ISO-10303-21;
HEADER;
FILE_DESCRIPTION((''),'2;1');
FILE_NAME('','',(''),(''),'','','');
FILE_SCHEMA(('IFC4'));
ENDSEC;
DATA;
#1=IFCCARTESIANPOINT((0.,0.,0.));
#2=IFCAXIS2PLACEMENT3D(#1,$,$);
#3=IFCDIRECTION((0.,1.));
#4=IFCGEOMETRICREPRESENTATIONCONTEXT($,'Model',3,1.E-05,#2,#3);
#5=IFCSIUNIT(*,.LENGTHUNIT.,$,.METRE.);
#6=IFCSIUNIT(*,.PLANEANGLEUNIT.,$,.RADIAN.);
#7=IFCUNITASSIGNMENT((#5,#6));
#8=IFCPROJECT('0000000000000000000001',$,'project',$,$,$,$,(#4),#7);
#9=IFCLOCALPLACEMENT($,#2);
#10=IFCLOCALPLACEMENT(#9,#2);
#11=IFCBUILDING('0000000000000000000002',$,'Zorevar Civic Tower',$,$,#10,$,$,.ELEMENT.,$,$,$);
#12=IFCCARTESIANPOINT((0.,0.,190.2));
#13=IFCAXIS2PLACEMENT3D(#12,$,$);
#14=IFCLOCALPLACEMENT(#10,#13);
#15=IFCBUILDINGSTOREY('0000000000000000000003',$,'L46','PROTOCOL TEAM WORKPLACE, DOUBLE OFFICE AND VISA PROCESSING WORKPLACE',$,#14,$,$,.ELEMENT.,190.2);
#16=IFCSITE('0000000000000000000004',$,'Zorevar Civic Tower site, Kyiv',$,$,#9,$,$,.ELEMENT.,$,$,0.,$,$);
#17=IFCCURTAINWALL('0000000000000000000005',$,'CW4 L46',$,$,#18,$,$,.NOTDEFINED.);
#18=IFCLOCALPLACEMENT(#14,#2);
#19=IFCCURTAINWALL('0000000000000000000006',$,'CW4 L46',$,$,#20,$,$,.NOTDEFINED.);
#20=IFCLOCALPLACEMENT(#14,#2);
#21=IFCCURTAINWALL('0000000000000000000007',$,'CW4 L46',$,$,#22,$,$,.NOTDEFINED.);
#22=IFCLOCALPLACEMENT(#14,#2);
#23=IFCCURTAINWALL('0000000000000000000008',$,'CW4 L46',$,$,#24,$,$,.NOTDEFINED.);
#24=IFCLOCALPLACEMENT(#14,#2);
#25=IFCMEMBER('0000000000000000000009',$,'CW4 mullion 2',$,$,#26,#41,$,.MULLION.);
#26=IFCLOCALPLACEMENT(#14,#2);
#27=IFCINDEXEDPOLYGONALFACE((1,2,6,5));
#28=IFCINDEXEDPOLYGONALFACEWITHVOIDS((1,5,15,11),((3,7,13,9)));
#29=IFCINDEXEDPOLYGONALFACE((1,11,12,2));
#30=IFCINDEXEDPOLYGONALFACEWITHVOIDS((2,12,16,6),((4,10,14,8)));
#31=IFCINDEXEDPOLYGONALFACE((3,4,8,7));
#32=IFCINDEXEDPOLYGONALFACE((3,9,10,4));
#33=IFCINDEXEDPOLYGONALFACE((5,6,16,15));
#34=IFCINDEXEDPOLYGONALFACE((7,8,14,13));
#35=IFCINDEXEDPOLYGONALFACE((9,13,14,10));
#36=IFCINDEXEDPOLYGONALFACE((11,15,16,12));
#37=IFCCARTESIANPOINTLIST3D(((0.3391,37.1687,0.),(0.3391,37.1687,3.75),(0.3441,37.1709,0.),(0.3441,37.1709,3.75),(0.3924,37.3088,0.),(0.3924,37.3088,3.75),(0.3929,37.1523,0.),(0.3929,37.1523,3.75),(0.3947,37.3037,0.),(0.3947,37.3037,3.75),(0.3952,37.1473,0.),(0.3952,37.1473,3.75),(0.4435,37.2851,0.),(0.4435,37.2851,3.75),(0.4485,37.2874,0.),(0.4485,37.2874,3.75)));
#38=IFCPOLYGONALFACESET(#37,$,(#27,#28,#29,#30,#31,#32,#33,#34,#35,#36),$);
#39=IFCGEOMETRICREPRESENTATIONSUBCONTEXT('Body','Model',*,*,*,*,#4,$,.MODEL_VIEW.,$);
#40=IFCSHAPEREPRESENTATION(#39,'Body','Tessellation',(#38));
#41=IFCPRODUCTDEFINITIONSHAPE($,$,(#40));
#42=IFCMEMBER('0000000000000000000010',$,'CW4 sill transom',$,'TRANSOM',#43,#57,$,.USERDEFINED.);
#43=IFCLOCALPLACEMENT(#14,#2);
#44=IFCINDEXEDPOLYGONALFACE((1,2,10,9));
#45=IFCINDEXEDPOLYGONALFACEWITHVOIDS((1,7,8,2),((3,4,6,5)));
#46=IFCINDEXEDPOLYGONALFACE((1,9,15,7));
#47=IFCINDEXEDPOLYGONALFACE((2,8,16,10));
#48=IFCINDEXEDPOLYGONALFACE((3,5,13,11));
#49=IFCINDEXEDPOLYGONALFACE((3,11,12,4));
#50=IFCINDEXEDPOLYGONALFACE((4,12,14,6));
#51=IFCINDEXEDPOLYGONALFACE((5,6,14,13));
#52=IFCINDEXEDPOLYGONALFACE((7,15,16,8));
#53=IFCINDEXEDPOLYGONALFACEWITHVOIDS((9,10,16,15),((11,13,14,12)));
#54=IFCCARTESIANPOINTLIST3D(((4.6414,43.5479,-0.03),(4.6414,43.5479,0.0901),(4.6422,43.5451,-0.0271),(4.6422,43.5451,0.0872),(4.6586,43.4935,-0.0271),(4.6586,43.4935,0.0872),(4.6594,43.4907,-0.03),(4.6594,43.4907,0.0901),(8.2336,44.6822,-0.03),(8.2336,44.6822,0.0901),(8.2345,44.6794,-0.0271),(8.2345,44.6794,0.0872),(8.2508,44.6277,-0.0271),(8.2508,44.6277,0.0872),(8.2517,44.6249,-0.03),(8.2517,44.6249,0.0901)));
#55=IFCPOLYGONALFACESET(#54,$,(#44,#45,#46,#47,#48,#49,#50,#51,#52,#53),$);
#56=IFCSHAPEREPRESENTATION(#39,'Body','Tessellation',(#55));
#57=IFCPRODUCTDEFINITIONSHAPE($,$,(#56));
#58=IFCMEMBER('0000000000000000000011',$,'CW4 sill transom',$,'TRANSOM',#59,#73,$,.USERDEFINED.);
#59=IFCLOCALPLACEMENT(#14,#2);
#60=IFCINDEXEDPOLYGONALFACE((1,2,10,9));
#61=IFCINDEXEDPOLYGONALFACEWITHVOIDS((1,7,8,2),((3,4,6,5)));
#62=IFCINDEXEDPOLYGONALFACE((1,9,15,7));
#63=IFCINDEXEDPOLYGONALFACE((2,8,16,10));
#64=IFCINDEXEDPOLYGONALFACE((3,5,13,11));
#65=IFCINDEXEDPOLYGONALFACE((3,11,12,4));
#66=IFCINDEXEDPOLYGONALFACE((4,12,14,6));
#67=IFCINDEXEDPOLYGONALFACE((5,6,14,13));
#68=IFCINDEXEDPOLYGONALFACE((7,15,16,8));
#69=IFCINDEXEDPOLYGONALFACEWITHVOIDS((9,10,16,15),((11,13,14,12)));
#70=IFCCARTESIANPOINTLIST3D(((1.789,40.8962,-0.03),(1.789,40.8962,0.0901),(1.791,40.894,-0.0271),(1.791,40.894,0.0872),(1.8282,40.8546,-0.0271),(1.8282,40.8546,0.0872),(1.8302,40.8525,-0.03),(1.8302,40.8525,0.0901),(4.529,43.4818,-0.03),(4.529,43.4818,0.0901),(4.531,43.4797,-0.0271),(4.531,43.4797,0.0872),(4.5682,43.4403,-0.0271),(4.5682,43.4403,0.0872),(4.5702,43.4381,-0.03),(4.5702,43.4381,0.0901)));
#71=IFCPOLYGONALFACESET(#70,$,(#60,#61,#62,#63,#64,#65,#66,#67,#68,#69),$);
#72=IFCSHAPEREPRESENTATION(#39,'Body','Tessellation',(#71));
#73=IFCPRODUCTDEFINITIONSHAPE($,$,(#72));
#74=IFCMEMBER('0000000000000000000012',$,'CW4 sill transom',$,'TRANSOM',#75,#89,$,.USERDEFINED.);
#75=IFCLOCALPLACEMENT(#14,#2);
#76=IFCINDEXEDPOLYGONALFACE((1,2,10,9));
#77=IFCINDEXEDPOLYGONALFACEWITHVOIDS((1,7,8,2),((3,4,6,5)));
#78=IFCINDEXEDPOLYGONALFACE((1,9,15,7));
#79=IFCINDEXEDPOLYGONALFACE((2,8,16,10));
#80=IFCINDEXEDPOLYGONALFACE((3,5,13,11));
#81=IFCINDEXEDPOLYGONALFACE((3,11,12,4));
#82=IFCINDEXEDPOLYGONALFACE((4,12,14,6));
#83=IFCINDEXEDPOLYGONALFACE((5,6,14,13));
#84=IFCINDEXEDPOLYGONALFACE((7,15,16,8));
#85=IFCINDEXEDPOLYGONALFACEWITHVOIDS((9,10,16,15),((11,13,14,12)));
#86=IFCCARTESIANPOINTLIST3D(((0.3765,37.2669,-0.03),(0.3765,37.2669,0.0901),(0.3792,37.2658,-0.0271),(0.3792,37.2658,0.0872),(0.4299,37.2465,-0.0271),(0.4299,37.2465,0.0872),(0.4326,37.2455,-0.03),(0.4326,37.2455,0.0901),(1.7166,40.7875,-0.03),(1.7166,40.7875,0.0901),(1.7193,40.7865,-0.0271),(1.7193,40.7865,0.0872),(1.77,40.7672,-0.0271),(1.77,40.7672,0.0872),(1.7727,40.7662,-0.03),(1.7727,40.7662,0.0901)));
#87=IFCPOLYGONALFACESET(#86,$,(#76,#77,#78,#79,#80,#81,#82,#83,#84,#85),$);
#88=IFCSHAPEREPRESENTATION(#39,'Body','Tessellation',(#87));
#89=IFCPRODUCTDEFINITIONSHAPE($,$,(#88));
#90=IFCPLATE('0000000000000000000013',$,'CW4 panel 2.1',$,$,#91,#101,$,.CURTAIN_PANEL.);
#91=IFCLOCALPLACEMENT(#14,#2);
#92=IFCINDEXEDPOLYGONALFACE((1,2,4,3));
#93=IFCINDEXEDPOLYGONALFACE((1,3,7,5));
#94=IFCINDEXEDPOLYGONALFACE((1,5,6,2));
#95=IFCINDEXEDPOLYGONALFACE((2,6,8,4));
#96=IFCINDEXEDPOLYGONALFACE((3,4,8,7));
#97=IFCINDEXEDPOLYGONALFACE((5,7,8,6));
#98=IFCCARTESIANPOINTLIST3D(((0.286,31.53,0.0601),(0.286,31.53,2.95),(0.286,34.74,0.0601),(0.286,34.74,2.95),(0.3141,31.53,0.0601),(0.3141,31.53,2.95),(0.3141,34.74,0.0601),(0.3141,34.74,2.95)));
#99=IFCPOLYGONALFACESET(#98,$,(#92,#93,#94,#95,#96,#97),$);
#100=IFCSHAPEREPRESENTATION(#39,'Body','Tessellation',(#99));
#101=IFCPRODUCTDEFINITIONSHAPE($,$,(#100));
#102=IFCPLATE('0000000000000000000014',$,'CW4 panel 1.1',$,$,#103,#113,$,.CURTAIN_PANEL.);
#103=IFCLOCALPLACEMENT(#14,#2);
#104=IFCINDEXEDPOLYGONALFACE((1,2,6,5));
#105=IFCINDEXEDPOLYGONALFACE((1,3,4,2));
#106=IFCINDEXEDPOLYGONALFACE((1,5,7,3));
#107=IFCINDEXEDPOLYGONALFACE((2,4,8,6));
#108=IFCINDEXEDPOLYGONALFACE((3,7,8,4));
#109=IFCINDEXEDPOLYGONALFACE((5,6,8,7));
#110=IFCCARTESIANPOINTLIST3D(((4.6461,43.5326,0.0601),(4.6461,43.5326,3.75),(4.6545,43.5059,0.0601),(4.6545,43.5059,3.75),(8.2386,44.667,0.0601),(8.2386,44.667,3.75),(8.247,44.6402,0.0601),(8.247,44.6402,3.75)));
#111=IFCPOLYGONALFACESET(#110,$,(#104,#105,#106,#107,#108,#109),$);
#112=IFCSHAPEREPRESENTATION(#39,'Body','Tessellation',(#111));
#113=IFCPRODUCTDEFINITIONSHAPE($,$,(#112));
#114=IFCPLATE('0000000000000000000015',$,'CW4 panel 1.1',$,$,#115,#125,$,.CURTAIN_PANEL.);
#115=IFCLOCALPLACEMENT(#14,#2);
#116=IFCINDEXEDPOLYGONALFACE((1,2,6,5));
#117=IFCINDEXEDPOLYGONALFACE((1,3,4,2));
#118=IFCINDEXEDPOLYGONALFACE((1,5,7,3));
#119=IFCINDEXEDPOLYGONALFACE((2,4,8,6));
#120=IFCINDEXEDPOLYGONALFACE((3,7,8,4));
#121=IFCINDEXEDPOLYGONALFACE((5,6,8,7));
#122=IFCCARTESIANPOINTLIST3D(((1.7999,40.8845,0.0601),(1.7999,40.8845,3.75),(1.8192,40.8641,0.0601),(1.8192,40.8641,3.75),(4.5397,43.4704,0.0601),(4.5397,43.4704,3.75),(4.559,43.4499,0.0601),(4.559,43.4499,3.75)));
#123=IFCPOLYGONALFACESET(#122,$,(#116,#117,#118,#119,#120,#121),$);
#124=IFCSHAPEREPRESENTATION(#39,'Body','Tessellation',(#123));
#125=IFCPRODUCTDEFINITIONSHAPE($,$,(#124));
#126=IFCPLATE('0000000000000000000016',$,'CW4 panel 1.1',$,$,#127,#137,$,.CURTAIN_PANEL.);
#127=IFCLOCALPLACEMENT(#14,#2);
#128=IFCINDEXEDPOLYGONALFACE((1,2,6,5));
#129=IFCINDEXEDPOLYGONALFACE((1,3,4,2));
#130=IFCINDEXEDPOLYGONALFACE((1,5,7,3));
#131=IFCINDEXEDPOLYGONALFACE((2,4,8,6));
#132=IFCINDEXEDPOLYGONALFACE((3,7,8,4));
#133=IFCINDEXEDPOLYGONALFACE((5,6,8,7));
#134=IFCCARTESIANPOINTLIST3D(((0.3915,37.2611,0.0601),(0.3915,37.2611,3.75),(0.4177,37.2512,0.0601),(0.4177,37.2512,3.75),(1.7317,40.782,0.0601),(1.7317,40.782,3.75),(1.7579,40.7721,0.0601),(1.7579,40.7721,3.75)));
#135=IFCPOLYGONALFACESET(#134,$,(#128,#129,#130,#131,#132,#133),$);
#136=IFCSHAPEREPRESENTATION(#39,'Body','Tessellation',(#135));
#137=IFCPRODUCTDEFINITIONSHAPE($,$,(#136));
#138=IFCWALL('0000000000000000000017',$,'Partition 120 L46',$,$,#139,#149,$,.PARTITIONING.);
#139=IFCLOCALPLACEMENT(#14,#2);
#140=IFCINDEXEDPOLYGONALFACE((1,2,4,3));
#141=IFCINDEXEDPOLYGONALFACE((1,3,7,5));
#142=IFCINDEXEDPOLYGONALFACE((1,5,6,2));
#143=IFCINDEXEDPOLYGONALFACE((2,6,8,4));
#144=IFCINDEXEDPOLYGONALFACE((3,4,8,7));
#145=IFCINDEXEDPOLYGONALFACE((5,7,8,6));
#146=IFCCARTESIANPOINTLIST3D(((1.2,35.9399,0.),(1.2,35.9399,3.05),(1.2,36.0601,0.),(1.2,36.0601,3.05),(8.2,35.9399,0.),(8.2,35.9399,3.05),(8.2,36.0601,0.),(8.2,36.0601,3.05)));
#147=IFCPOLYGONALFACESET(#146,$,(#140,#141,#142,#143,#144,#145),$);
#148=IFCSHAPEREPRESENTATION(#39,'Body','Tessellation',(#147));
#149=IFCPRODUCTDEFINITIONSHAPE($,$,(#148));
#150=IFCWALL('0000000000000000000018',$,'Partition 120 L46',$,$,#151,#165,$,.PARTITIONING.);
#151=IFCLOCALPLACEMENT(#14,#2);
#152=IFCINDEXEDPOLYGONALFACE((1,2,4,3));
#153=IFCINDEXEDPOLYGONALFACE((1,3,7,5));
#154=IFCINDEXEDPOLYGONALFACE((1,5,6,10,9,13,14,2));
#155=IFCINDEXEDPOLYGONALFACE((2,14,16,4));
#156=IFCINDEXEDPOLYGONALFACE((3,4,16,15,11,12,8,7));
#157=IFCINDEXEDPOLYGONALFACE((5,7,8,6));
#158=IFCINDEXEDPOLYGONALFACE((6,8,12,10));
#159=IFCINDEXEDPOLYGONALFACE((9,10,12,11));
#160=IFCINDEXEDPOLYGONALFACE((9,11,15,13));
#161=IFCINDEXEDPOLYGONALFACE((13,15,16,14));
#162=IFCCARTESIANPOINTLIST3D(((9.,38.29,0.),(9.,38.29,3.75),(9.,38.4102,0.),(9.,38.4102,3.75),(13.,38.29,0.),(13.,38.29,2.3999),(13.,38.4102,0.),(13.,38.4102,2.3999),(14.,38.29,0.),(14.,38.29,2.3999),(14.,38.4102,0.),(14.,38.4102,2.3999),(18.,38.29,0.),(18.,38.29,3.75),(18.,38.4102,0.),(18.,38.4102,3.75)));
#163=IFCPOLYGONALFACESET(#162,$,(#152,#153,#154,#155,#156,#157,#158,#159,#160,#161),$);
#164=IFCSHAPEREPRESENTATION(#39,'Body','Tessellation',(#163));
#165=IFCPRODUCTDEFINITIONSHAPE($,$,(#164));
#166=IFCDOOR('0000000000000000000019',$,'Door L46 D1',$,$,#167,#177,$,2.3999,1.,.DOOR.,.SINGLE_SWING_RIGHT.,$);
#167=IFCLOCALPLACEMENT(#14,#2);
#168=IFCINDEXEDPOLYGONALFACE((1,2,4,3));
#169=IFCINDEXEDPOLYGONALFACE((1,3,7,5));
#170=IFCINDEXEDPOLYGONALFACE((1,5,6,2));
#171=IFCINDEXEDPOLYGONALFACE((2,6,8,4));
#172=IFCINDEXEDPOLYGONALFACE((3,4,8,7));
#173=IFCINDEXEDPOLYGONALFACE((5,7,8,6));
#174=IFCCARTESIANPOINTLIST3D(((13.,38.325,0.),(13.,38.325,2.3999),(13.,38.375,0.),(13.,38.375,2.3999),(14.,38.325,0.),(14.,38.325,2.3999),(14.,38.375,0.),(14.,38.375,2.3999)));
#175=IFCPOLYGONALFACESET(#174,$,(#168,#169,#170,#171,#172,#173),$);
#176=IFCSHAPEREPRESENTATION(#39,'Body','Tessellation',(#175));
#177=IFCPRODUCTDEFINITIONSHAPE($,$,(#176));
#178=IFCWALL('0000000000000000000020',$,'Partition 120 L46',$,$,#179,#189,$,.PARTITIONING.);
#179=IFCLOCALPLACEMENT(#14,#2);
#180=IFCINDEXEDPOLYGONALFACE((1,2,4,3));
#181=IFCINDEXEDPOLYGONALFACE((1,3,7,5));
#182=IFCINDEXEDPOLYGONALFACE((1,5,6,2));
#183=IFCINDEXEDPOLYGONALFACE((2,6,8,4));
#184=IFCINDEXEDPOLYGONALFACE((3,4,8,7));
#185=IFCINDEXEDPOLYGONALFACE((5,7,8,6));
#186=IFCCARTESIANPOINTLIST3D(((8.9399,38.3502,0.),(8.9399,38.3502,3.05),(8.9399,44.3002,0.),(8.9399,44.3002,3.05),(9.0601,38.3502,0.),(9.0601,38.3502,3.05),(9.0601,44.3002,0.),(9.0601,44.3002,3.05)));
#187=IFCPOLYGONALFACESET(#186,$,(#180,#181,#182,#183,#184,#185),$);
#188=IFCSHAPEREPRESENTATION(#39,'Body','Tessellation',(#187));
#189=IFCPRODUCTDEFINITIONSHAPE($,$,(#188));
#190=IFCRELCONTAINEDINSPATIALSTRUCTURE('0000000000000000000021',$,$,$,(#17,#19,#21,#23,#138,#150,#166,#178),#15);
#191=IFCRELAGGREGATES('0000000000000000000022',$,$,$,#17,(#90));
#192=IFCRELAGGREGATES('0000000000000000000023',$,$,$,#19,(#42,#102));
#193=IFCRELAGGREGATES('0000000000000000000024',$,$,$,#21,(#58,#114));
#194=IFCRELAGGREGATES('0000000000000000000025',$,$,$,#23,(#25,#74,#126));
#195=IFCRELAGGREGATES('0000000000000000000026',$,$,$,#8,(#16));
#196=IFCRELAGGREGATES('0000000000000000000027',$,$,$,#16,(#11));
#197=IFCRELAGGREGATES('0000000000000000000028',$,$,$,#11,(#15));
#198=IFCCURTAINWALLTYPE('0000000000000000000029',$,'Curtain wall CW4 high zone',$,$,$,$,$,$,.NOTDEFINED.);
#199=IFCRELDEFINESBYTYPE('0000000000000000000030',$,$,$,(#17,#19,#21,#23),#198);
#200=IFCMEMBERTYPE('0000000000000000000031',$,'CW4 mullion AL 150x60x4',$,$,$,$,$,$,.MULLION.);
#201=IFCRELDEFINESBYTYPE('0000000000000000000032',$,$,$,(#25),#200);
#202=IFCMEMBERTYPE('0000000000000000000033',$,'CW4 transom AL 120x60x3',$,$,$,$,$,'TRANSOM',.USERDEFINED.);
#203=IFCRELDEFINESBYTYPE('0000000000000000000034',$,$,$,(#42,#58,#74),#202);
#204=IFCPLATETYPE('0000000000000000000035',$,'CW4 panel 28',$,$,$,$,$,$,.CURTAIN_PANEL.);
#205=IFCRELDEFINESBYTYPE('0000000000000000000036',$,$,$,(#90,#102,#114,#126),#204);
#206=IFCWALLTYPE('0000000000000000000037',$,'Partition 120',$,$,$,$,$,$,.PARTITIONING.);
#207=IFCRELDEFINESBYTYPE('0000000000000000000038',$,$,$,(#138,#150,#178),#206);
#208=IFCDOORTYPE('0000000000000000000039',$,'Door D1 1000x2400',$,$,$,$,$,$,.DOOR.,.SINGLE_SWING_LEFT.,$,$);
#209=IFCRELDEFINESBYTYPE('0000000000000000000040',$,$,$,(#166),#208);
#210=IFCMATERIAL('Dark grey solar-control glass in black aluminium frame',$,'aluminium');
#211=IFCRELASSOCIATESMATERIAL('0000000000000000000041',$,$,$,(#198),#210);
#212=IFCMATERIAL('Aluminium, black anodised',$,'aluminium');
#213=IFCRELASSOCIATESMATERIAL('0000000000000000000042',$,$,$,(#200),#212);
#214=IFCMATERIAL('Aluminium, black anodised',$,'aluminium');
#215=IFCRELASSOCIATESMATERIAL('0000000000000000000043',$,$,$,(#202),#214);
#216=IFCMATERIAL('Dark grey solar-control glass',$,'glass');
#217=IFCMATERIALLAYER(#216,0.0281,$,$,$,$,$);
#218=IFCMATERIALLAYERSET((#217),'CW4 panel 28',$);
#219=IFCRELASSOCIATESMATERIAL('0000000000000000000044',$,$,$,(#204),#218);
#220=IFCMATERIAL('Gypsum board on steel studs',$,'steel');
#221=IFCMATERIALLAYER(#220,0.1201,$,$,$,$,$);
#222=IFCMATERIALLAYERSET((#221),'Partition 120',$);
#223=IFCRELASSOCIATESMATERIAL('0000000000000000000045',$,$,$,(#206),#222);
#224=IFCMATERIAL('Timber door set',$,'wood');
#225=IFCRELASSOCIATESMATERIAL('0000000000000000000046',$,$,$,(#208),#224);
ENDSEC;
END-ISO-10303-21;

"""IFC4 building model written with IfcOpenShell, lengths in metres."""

from ifc_helpers import new_model, si_unit, direction, frame, frame_2d, origin, origin_2d, place, context, subcontext, project, spatial, rectangle, hollow_rectangle, extrude, material, layer, layer_set, material_profile, profile_set, type_object, element, fill, aggregate, save


model = new_model("IFC4")

# Units and contexts
model_context = context("Model", 3, precision=1e-05, world=origin(), true_north=direction((0.0, 1.0)))
body_context = subcontext(model_context, "Body", "Model", "MODEL_VIEW")
ifc_project = project(units=[si_unit("LENGTHUNIT", "METRE"), si_unit("PLANEANGLEUNIT", "RADIAN")], contexts=[model_context])

# Site, building, storey
site_placement = place(None, origin())
site = spatial("IfcSite", under=ifc_project, at=site_placement, Name="Zorevar Civic Tower site, Kyiv", CompositionType="ELEMENT", RefElevation=0.0)
building_placement = place(site_placement, origin())
building = spatial("IfcBuilding", under=site, at=building_placement, Name="Zorevar Civic Tower", CompositionType="ELEMENT")
storey_placement = place(building_placement, frame((0.0, 0.0, 190.2)))
storey = spatial("IfcBuildingStorey", under=building, at=storey_placement, Name="L46", Description="PROTOCOL TEAM WORKPLACE, DOUBLE OFFICE AND VISA PROCESSING WORKPLACE", CompositionType="ELEMENT", Elevation=190.2)

# Curtain wall
ifc_material_1 = material(Name="Dark grey solar-control glass in black aluminium frame", Category="aluminium")
curtain_wall_type = type_object("IfcCurtainWallType", Name="Curtain wall CW4 high zone", PredefinedType="NOTDEFINED", material=ifc_material_1)
curtain_wall_1_placement = place(storey_placement, origin())
curtain_wall_1 = element("IfcCurtainWall", 1, at=curtain_wall_1_placement, inside=storey, type_object=curtain_wall_type, Name="CW4 L46", PredefinedType="NOTDEFINED")
ifc_material_2 = material(Name="Aluminium, black anodised", Category="aluminium")
ifc_material_profile_1 = material_profile(ifc_material_2, hollow_rectangle(XDim=0.0601, YDim=0.1499, WallThickness=0.0039, at=origin_2d()), Name="AL 150x60x4")
ifc_profile_set_1 = profile_set([ifc_material_profile_1], Name="Aluminium, black anodised")
member_type_1 = type_object("IfcMemberType", Name="CW4 mullion AL 150x60x4", PredefinedType="MULLION", material=ifc_profile_set_1)

# Curtain walls, member
curtain_wall_2_placement = place(storey_placement, origin())
curtain_wall_2 = element("IfcCurtainWall", 2, at=curtain_wall_2_placement, inside=storey, type_object=curtain_wall_type, Name="CW4 L46", PredefinedType="NOTDEFINED")
curtain_wall_3_placement = place(storey_placement, origin())
curtain_wall_3 = element("IfcCurtainWall", 3, at=curtain_wall_3_placement, inside=storey, type_object=curtain_wall_type, Name="CW4 L46", PredefinedType="NOTDEFINED")
curtain_wall_4_placement = place(storey_placement, origin())
curtain_wall_4 = element("IfcCurtainWall", 4, at=curtain_wall_4_placement, inside=storey, type_object=curtain_wall_type, Name="CW4 L46", PredefinedType="NOTDEFINED")
member_1_placement = place(storey_placement, frame((0.3938, 37.228, 0.0), z_axis=(0.0, 0.0, 1.0), x_axis=(0.934588, -0.355731, 0.0)))
member_1 = element("IfcMember", 5, at=member_1_placement, type_object=member_type_1, Name="CW4 mullion 2", PredefinedType="MULLION", context=body_context, shape_type="SweptSolid", body=[
    extrude(hollow_rectangle(XDim=0.0601, YDim=0.1499, WallThickness=0.0039, at=origin_2d()), origin(), (0.0, 0.0, 1.0), 3.75),
])

# Members
ifc_material_3 = material(Name="Aluminium, black anodised", Category="aluminium")
ifc_material_profile_2 = material_profile(ifc_material_3, hollow_rectangle(XDim=0.0601, YDim=0.1201, WallThickness=0.0029, at=origin_2d()), Name="AL 120x60x3")
ifc_profile_set_2 = profile_set([ifc_material_profile_2], Name="Aluminium, black anodised")
member_type_2 = type_object("IfcMemberType", Name="CW4 transom AL 120x60x3", ElementType="TRANSOM", PredefinedType="USERDEFINED", material=ifc_profile_set_2)
member_2_placement = place(storey_placement, frame((8.2427, 44.6536, 0.03), z_axis=(-0.953592, -0.3011, 0.0), x_axis=(0.3011, -0.953592, 0.0)))
member_2 = element("IfcMember", 6, at=member_2_placement, type_object=member_type_2, Name="CW4 sill transom", ObjectType="TRANSOM", PredefinedType="USERDEFINED", context=body_context, shape_type="SweptSolid", body=[
    extrude(hollow_rectangle(XDim=0.0601, YDim=0.1201, WallThickness=0.0029, at=origin_2d()), origin(), (0.0, 0.0, 1.0), 3.7671),
])
member_3_placement = place(storey_placement, frame((4.5496, 43.46, 0.03), z_axis=(-0.727288, -0.686332, 0.0), x_axis=(0.686332, -0.727288, 0.0)))
member_3 = element("IfcMember", 7, at=member_3_placement, type_object=member_type_2, Name="CW4 sill transom", ObjectType="TRANSOM", PredefinedType="USERDEFINED", context=body_context, shape_type="SweptSolid", body=[
    extrude(hollow_rectangle(XDim=0.0601, YDim=0.1201, WallThickness=0.0029, at=origin_2d()), origin(), (0.0, 0.0, 1.0), 3.7673),
])
member_4_placement = place(storey_placement, frame((1.7446, 40.7769, 0.03), z_axis=(-0.355729, -0.934589, 0.0), x_axis=(0.934589, -0.355729, 0.0)))
member_4 = element("IfcMember", 8, at=member_4_placement, type_object=member_type_2, Name="CW4 sill transom", ObjectType="TRANSOM", PredefinedType="USERDEFINED", context=body_context, shape_type="SweptSolid", body=[
    extrude(hollow_rectangle(XDim=0.0601, YDim=0.1201, WallThickness=0.0029, at=origin_2d()), origin(), (0.0, 0.0, 1.0), 3.7671),
])

# Plates
ifc_material_4 = material(Name="Dark grey solar-control glass", Category="glass")
ifc_layer_1 = layer(ifc_material_4, 0.0281)
ifc_layer_set_1 = layer_set([ifc_layer_1], Name="CW4 panel 28")
plate_type = type_object("IfcPlateType", Name="CW4 panel 28", PredefinedType="CURTAIN_PANEL", material=ifc_layer_set_1)
plate_1_placement = place(storey_placement, frame((0.3, 33.135, 0.0601), z_axis=(0.0, 0.0, 1.0), x_axis=(0.0, 1.0, 0.0)))
plate_1 = element("IfcPlate", 9, at=plate_1_placement, type_object=plate_type, Name="CW4 panel 2.1", PredefinedType="CURTAIN_PANEL", context=body_context, shape_type="SweptSolid", body=[
    extrude(rectangle(XDim=3.21, YDim=0.0281, at=origin_2d()), origin(), (0.0, 0.0, 1.0), 2.8899),
])
aggregate(curtain_wall_1, [plate_1])
plate_2_placement = place(storey_placement, frame((6.4465, 44.0864, 0.0601), z_axis=(0.0, 0.0, 1.0), x_axis=(-0.95359, -0.301108, 0.0)))
plate_2 = element("IfcPlate", 10, at=plate_2_placement, type_object=plate_type, Name="CW4 panel 1.1", PredefinedType="CURTAIN_PANEL", context=body_context, shape_type="SweptSolid", body=[
    extrude(rectangle(XDim=3.7673, YDim=0.0281, at=origin_2d()), origin(), (0.0, 0.0, 1.0), 3.6899),
])
aggregate(curtain_wall_2, [member_2, plate_2])
plate_3_placement = place(storey_placement, frame((3.1794, 42.1672, 0.0601), z_axis=(0.0, 0.0, 1.0), x_axis=(-0.727245, -0.686378, 0.0)))
plate_3 = element("IfcPlate", 11, at=plate_3_placement, type_object=plate_type, Name="CW4 panel 1.1", PredefinedType="CURTAIN_PANEL", context=body_context, shape_type="SweptSolid", body=[
    extrude(rectangle(XDim=3.7673, YDim=0.0281, at=origin_2d()), origin(), (0.0, 0.0, 1.0), 3.6899),
])
aggregate(curtain_wall_3, [member_3, plate_3])
plate_4_placement = place(storey_placement, frame((1.0747, 39.0166, 0.0601), z_axis=(0.0, 0.0, 1.0), x_axis=(-0.355731, -0.934588, 0.0)))
plate_4 = element("IfcPlate", 12, at=plate_4_placement, type_object=plate_type, Name="CW4 panel 1.1", PredefinedType="CURTAIN_PANEL", context=body_context, shape_type="SweptSolid", body=[
    extrude(rectangle(XDim=3.7673, YDim=0.0281, at=origin_2d()), origin(), (0.0, 0.0, 1.0), 3.6899),
])
aggregate(curtain_wall_4, [member_1, member_4, plate_4])

# Wall
ifc_material_5 = material(Name="Gypsum board on steel studs", Category="steel")
ifc_layer_2 = layer(ifc_material_5, 0.1201)
ifc_layer_set_2 = layer_set([ifc_layer_2], Name="Partition 120")
wall_type = type_object("IfcWallType", Name="Partition 120", PredefinedType="PARTITIONING", material=ifc_layer_set_2)
wall_1_placement = place(storey_placement, frame((1.2, 36.0, 0.0), z_axis=(0.0, 0.0, 1.0), x_axis=(1.0, 0.0, 0.0)))
element("IfcWall", 13, at=wall_1_placement, inside=storey, type_object=wall_type, Name="Partition 120 L46", PredefinedType="PARTITIONING", context=body_context, shape_type="SweptSolid", body=[
    extrude(rectangle(XDim=7.0, YDim=0.1201, at=frame_2d((3.5, 0.0))), origin(), (0.0, 0.0, 1.0), 3.05),
])

# Wall, opening, door
wall_2_placement = place(storey_placement, frame((9.0, 38.3501, 0.0), z_axis=(0.0, 0.0, 1.0), x_axis=(1.0, 0.0, 0.0)))
wall_2 = element("IfcWall", 14, at=wall_2_placement, inside=storey, type_object=wall_type, Name="Partition 120 L46", PredefinedType="PARTITIONING", context=body_context, shape_type="SweptSolid", body=[
    extrude(rectangle(XDim=9.0, YDim=0.1201, at=frame_2d((4.5, 0.0))), origin(), (0.0, 0.0, 1.0), 3.75),
])
opening_placement = place(wall_2_placement, frame((4.0, 0.0, 0.0)))
opening = element("IfcOpeningElement", 15, at=opening_placement, cuts=wall_2, PredefinedType="OPENING", context=body_context, shape_type="SweptSolid", body=[
    extrude(rectangle(XDim=1.0, YDim=2.3999, at=frame_2d((0.5, 1.2))), frame((0.0, 0.0701, 0.0), z_axis=(0.0, -1.0, 0.0), x_axis=(1.0, 0.0, 0.0)), (0.0, 0.0, 1.0), 0.1401),
])
ifc_material_6 = material(Name="Timber door set", Category="wood")
door_type = type_object("IfcDoorType", Name="Door D1 1000x2400", OperationType="SINGLE_SWING_LEFT", PredefinedType="DOOR", material=ifc_material_6)
door_placement = place(opening_placement, origin())
door = element("IfcDoor", 16, at=door_placement, inside=storey, type_object=door_type, Name="Door L46 D1", OperationType="SINGLE_SWING_RIGHT", OverallHeight=2.3999, OverallWidth=1.0, PredefinedType="DOOR", context=body_context, shape_type="SweptSolid", body=[
    extrude(rectangle(XDim=1.0, YDim=2.3999, at=frame_2d((0.5, 1.2))), frame((0.0, 0.0249, 0.0), z_axis=(0.0, -1.0, 0.0), x_axis=(1.0, 0.0, 0.0)), (0.0, 0.0, 1.0), 0.05),
])
fill(opening, door)

# Wall
wall_3_placement = place(storey_placement, frame((9.0, 38.3501, 0.0), z_axis=(0.0, 0.0, 1.0), x_axis=(0.0, 1.0, 0.0)))
element("IfcWall", 17, at=wall_3_placement, inside=storey, type_object=wall_type, Name="Partition 120 L46", PredefinedType="PARTITIONING", context=body_context, shape_type="SweptSolid", body=[
    extrude(rectangle(XDim=5.95, YDim=0.1201, at=frame_2d((2.9751, 0.0))), origin(), (0.0, 0.0, 1.0), 3.05),
])

save(model, "model.ifc")
